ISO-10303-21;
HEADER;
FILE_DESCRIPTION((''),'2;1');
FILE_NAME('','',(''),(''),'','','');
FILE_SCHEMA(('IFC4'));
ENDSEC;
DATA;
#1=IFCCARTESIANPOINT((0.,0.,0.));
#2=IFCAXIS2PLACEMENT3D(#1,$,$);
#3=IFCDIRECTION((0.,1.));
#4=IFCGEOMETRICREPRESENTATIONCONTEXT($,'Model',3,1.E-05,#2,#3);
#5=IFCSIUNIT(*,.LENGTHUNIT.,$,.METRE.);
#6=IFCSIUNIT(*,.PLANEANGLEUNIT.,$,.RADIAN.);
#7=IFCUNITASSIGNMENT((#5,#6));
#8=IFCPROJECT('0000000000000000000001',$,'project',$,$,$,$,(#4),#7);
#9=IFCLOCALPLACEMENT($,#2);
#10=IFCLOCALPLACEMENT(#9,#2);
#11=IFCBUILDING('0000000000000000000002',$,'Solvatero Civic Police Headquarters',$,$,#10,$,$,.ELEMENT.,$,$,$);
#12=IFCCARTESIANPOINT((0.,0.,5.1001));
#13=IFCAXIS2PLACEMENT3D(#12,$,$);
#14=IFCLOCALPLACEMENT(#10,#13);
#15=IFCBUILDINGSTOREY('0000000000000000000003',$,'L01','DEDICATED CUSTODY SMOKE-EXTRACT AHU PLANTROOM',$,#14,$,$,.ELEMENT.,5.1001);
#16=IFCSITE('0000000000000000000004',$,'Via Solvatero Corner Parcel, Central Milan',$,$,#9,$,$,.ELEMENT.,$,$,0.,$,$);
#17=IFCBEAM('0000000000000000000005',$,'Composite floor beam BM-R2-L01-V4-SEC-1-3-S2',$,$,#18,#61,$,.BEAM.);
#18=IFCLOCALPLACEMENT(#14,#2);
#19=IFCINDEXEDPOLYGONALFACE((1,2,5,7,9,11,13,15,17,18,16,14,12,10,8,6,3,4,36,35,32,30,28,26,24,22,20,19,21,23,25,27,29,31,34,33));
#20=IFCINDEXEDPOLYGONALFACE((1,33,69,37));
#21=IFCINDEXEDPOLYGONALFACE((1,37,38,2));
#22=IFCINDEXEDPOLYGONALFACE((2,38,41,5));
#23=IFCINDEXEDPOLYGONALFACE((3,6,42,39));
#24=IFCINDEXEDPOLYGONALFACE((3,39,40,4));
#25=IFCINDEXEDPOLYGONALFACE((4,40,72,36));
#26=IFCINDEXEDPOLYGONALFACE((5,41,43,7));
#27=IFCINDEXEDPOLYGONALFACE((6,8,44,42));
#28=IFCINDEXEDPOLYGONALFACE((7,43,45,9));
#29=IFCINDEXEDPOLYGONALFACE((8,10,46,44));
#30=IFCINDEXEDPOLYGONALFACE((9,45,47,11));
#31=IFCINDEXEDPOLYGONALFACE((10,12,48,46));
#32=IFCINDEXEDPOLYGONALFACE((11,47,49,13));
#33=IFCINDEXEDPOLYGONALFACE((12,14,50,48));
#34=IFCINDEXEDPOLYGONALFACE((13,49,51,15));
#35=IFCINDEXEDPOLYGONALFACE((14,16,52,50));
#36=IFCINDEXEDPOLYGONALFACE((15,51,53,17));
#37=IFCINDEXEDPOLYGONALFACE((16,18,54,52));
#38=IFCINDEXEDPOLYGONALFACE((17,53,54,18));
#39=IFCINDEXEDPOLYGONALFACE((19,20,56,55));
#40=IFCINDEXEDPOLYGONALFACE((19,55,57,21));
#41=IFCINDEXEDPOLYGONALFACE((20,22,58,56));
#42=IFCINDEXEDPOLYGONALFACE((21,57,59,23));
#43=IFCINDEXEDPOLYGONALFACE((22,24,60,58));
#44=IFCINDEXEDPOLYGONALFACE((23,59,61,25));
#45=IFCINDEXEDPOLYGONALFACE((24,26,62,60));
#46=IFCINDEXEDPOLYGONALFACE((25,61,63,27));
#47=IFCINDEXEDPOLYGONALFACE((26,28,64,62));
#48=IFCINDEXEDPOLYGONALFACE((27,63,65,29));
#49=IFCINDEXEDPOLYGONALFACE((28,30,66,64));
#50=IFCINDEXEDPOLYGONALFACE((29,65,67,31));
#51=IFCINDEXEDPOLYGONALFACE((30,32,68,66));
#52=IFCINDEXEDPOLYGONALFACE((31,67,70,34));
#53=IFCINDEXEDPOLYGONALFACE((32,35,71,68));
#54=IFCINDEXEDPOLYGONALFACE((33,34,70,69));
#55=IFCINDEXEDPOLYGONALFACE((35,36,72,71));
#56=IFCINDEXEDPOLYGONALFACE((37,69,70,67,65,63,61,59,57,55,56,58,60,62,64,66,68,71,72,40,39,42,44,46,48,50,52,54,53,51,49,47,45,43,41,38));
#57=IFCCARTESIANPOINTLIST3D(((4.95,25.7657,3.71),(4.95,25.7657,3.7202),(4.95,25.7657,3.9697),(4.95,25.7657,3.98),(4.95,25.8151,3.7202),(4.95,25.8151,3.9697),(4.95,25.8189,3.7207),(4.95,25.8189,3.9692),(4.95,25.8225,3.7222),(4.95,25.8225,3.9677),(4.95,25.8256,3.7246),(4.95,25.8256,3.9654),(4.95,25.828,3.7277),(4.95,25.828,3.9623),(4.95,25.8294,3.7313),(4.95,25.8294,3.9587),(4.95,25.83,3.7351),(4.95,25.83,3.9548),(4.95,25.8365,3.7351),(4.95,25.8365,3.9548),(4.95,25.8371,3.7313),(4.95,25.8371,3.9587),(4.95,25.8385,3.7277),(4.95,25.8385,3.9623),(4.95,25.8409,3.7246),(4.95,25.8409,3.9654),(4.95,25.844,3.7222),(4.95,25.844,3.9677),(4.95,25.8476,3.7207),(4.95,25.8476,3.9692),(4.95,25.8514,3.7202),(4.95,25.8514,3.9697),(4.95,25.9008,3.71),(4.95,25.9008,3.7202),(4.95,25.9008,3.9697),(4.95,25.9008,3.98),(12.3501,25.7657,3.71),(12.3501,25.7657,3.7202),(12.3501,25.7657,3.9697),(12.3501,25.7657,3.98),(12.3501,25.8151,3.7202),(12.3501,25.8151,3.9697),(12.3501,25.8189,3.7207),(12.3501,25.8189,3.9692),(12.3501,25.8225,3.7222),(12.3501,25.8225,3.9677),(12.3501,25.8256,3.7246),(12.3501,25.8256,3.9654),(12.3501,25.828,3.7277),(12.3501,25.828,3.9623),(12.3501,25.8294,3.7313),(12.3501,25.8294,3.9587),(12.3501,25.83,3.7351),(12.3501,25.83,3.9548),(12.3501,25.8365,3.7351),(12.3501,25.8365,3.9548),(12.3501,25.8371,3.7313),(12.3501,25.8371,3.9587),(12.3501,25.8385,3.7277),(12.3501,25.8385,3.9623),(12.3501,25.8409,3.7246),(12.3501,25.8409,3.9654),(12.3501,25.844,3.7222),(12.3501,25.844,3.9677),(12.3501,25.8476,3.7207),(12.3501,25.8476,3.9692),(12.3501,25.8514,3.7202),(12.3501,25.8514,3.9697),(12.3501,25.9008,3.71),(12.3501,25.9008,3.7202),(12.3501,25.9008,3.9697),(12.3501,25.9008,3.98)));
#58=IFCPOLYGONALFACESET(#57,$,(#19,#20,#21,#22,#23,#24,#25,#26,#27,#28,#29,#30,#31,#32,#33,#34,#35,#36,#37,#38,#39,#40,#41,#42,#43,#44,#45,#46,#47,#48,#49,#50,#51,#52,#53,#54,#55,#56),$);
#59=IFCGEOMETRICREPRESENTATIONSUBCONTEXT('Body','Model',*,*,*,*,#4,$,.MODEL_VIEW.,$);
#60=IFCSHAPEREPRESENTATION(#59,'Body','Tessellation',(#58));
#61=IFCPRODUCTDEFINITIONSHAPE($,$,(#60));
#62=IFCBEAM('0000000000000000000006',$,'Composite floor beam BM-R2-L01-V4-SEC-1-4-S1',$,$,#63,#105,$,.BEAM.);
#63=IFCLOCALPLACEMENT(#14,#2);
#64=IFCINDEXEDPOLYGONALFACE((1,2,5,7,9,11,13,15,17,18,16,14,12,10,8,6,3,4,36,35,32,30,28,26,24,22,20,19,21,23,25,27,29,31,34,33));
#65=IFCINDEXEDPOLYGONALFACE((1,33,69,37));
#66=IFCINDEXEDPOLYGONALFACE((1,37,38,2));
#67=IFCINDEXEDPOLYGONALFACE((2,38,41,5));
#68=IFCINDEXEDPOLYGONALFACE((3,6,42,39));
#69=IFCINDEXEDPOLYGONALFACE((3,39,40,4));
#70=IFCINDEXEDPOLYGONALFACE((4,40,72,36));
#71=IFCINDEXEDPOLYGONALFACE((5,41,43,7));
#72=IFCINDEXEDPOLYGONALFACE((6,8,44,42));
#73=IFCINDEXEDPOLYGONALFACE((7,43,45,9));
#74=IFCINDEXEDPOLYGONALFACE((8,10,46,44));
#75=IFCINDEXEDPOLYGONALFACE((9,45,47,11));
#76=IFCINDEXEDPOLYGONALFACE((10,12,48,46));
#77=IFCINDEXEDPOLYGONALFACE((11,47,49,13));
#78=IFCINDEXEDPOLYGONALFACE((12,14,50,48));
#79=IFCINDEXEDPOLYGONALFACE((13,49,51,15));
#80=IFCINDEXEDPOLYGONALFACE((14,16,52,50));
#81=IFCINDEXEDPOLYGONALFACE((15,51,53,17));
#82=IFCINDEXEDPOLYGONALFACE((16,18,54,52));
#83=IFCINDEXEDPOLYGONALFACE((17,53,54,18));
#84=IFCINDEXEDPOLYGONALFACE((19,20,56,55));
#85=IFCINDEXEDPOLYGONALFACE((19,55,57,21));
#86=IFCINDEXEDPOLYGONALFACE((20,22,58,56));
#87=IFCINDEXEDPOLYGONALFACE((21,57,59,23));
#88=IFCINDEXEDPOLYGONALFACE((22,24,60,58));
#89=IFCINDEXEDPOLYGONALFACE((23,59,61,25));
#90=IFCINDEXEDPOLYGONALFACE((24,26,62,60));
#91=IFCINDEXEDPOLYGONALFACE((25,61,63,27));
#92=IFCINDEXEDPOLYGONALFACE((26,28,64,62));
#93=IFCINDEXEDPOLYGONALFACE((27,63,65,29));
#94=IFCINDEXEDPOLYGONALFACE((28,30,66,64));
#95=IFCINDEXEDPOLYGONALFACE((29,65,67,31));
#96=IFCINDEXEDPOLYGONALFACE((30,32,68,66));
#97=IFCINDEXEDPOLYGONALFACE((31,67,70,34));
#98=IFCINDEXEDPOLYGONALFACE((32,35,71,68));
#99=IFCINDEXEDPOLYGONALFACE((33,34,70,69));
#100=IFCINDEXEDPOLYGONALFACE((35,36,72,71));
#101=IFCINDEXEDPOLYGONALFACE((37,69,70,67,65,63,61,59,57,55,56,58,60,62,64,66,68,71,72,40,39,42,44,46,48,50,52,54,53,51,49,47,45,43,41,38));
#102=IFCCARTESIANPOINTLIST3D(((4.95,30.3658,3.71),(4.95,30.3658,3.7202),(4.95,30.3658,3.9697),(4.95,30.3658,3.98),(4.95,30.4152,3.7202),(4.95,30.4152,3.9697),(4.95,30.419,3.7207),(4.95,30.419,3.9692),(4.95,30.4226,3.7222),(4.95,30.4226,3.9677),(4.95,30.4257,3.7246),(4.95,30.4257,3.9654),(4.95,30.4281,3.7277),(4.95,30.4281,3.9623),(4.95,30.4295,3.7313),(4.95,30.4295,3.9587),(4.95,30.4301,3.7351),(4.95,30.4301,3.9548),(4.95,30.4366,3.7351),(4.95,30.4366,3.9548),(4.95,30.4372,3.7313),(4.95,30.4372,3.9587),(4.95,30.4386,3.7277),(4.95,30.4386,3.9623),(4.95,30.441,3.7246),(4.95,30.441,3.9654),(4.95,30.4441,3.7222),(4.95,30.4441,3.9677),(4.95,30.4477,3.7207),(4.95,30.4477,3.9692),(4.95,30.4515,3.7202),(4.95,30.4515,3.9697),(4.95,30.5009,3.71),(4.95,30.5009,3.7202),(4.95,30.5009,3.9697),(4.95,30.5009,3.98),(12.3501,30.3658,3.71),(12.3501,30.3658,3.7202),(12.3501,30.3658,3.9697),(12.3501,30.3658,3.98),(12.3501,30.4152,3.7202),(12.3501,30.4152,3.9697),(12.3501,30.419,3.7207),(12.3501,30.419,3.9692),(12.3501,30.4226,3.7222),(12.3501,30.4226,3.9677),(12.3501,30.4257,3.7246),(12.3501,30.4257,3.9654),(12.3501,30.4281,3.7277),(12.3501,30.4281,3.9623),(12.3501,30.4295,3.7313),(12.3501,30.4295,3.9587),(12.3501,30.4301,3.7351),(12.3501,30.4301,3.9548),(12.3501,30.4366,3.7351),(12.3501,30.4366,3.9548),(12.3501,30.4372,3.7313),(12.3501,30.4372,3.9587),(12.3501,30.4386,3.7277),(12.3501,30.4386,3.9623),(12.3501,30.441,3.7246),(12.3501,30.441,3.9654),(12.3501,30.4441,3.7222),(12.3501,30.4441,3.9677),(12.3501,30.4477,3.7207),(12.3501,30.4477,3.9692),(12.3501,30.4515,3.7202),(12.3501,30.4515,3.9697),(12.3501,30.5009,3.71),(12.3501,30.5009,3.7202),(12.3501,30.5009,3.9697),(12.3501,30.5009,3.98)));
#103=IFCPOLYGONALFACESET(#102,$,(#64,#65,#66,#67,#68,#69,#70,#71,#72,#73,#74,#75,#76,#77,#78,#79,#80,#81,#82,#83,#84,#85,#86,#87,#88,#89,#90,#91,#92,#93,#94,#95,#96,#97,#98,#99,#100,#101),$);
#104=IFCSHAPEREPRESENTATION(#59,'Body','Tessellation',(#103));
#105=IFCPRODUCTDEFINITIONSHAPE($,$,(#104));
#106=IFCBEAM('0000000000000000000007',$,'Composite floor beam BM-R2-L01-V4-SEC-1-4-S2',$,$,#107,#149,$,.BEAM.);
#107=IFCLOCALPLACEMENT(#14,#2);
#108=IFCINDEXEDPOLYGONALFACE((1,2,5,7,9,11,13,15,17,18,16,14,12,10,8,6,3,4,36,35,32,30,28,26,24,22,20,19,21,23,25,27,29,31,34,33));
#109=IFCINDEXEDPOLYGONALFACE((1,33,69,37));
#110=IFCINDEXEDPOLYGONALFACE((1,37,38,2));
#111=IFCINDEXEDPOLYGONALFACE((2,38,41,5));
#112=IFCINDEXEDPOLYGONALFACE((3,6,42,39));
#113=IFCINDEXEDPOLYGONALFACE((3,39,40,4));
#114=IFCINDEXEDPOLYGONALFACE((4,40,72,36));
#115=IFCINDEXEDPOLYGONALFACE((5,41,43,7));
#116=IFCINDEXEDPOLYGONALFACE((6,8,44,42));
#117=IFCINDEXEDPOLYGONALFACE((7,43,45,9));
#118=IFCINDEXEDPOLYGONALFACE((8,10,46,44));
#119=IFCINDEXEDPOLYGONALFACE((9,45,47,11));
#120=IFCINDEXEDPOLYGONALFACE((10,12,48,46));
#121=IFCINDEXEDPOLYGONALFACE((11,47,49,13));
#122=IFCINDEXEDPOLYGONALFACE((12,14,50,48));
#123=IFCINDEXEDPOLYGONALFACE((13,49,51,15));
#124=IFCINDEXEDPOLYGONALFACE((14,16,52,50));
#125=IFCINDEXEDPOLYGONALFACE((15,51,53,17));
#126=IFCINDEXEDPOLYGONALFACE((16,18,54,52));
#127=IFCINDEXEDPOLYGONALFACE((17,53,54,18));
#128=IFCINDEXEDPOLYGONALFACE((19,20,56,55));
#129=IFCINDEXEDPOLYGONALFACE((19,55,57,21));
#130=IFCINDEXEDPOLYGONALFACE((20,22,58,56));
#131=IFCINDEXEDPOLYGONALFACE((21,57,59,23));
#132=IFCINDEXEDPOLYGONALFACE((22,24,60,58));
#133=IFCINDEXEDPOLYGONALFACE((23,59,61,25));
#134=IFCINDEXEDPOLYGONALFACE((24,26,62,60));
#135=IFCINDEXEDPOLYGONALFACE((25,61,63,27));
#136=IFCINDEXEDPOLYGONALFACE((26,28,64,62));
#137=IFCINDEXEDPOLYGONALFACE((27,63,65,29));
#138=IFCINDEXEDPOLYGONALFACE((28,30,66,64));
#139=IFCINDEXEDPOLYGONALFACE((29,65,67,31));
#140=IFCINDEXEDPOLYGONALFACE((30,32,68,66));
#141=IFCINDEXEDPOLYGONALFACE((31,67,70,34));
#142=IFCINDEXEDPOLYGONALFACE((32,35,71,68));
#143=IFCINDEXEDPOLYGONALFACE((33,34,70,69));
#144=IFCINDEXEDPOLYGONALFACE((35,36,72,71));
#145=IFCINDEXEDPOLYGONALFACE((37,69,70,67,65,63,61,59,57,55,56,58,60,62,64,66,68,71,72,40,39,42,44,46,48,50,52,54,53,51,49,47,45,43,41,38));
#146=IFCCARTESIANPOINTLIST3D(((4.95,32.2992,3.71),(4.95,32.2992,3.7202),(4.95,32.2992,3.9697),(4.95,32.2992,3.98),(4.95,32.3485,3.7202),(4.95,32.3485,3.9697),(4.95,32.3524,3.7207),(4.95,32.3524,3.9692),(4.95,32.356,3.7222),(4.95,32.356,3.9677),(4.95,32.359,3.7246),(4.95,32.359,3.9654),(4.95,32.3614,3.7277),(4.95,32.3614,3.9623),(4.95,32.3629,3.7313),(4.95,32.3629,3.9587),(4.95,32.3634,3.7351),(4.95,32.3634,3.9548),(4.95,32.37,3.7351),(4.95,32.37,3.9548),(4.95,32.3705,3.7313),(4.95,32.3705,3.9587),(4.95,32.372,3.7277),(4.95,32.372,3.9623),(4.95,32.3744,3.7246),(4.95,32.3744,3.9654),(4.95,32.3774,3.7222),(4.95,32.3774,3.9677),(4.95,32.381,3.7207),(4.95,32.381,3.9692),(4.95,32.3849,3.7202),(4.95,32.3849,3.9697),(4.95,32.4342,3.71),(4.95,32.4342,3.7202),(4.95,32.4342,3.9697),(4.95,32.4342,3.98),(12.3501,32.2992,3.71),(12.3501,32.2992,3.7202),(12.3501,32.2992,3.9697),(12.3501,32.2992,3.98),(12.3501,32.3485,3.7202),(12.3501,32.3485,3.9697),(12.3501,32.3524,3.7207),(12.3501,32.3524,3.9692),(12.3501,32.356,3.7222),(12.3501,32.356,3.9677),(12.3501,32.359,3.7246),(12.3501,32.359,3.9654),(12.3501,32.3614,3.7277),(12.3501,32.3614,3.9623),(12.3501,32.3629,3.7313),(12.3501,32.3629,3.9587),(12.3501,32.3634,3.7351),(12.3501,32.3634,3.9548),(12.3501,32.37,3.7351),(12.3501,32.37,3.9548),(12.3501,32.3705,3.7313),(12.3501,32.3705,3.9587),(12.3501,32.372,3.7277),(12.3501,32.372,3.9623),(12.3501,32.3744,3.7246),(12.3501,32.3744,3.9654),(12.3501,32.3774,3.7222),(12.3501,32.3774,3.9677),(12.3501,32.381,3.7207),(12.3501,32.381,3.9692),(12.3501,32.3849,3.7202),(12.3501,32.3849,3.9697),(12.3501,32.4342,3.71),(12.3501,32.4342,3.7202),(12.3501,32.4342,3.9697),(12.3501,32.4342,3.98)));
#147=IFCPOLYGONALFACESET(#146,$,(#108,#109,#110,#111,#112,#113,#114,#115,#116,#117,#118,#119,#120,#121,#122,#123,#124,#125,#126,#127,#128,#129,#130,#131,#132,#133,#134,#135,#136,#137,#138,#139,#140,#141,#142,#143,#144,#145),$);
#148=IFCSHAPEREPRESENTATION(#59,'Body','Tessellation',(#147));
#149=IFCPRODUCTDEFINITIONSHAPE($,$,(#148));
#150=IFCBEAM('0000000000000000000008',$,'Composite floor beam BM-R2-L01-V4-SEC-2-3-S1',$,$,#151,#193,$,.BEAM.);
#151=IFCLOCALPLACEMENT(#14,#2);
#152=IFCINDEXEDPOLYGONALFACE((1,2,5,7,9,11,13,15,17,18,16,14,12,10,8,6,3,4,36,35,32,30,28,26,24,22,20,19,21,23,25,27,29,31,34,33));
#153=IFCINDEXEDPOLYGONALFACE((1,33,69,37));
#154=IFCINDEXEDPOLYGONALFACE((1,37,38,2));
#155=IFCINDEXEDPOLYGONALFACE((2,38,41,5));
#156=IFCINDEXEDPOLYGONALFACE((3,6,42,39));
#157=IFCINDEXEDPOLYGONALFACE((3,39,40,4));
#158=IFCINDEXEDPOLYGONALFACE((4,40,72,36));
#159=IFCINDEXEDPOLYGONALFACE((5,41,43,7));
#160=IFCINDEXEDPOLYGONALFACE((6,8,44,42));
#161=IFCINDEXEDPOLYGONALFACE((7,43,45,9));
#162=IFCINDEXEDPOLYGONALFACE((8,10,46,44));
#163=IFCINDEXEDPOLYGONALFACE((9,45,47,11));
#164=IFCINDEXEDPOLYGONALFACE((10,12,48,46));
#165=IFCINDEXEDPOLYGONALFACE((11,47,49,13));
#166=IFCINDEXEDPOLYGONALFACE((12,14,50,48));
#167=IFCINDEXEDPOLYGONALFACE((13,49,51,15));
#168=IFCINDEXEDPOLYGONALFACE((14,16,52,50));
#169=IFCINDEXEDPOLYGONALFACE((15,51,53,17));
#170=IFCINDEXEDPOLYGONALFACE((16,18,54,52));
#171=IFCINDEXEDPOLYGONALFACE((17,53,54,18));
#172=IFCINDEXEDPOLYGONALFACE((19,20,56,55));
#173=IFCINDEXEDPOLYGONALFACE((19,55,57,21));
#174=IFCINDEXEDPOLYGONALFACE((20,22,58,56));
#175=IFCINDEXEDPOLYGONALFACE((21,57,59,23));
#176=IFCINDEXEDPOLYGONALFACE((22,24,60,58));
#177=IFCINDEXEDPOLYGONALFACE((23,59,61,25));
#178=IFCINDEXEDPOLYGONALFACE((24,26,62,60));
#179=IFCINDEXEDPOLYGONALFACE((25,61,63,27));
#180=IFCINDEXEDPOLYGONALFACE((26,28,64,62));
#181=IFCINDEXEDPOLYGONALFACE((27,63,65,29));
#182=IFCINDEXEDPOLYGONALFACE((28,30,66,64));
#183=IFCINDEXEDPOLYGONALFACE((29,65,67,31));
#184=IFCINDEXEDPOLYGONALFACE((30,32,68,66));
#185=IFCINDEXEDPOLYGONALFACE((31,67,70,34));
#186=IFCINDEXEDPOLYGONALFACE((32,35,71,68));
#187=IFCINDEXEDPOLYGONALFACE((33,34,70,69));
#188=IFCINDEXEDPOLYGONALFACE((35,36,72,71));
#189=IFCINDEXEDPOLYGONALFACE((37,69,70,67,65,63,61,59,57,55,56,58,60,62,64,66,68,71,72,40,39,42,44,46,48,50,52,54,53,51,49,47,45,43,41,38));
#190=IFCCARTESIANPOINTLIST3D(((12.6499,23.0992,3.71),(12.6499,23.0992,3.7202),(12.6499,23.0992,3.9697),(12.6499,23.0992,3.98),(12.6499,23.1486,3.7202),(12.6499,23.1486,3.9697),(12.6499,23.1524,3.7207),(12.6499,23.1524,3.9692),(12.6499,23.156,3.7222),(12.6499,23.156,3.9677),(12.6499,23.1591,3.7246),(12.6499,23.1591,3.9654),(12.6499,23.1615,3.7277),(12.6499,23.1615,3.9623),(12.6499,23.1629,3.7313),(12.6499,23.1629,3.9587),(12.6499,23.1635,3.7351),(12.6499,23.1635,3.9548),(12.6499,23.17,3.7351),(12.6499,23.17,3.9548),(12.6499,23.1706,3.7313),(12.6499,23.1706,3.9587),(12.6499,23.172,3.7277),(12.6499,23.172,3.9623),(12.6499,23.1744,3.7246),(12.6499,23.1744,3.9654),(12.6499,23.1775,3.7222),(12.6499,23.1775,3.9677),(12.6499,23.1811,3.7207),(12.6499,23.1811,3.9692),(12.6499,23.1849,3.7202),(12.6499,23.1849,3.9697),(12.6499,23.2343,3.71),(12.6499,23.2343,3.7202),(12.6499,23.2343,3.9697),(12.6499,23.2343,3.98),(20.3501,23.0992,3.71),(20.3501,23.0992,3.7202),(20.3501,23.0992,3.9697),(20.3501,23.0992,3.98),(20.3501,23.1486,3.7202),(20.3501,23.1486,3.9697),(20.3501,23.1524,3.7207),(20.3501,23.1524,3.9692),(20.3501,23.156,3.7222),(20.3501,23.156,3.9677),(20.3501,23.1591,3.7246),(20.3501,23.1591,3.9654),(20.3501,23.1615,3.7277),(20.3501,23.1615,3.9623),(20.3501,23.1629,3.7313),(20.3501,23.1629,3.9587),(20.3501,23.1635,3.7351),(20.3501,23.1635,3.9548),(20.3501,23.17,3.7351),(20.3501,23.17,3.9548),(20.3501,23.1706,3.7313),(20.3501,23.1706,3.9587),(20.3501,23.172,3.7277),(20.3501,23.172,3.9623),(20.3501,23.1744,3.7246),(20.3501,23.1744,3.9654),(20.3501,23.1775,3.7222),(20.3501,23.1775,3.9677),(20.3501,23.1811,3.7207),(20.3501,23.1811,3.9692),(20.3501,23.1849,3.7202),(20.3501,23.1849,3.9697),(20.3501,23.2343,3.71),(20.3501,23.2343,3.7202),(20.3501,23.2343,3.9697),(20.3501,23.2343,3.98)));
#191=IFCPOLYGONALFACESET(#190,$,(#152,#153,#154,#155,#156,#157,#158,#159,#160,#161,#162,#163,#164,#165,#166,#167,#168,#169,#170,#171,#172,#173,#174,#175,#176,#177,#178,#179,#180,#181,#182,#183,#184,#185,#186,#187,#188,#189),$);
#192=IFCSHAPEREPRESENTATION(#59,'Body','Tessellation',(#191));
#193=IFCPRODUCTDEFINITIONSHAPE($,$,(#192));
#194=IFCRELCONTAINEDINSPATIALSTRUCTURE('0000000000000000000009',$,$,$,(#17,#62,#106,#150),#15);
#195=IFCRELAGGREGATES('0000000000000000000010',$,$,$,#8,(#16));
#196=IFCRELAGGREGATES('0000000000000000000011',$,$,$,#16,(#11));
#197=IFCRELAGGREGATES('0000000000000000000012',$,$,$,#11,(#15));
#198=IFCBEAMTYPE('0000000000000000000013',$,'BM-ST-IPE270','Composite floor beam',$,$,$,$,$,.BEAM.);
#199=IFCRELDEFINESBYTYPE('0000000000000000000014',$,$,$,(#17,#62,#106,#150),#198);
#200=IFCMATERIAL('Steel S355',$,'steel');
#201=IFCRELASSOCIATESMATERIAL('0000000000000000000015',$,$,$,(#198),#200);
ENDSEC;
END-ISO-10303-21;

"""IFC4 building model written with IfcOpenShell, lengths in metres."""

from ifc_helpers import new_model, si_unit, direction, frame, origin, origin_2d, place, context, subcontext, project, spatial, i_section, extrude, material, material_profile, profile_set, type_object, element, save


model = new_model("IFC4")

# Units and contexts
model_context = context("Model", 3, precision=1e-05, world=origin(), true_north=direction((0.0, 1.0)))
body_context = subcontext(model_context, "Body", "Model", "MODEL_VIEW")
ifc_project = project(units=[si_unit("LENGTHUNIT", "METRE"), si_unit("PLANEANGLEUNIT", "RADIAN")], contexts=[model_context])

# Site, building, storey
site_placement = place(None, origin())
site = spatial("IfcSite", under=ifc_project, at=site_placement, Name="Via Solvatero Corner Parcel, Central Milan", CompositionType="ELEMENT", RefElevation=0.0)
building_placement = place(site_placement, origin())
building = spatial("IfcBuilding", under=site, at=building_placement, Name="Solvatero Civic Police Headquarters", CompositionType="ELEMENT")
storey_placement = place(building_placement, frame((0.0, 0.0, 5.1001)))
storey = spatial("IfcBuildingStorey", under=building, at=storey_placement, Name="L01", Description="DEDICATED CUSTODY SMOKE-EXTRACT AHU PLANTROOM", CompositionType="ELEMENT", Elevation=5.1001)

# Shared definitions
ifc_material_1 = material(Name="Steel S355", Category="steel")

# Beams
ifc_material_profile_1 = material_profile(ifc_material_1, i_section(OverallWidth=0.135, OverallDepth=0.27, WebThickness=0.0066, FlangeThickness=0.0103, FilletRadius=0.0149, at=origin_2d()), Name="IPE 270")
ifc_profile_set_1 = profile_set([ifc_material_profile_1], Name="Steel S355")
beam_type_1 = type_object("IfcBeamType", Name="BM-ST-IPE270", Description="Composite floor beam", PredefinedType="BEAM", material=ifc_profile_set_1)
for number, where, z_axis, x_axis, name in (
    (1, (4.95, 25.8333, 3.845), (1.0, 0.0, 0.0), (0.0, 1.0, 0.0), "Composite floor beam BM-R2-L01-V4-SEC-1-3-S2"),
    (2, (4.95, 30.4333, 3.845), (1.0, 0.0, 0.0), (0.0, 1.0, 0.0), "Composite floor beam BM-R2-L01-V4-SEC-1-4-S1"),
    (3, (4.95, 32.3667, 3.845), (1.0, 0.0, 0.0), (0.0, 1.0, 0.0), "Composite floor beam BM-R2-L01-V4-SEC-1-4-S2"),
):
    element("IfcBeam", number, at=place(storey_placement, frame(where, z_axis=z_axis, x_axis=x_axis)), inside=storey, type_object=beam_type_1, Name=name, PredefinedType="BEAM", context=body_context, shape_type="SweptSolid", body=[
        extrude(i_section(OverallWidth=0.135, OverallDepth=0.27, WebThickness=0.0066, FlangeThickness=0.0103, FilletRadius=0.0149, at=origin_2d()), origin(), (0.0, 0.0, 1.0), 7.4001),
    ])
for number, where, z_axis, x_axis, name in (
    (4, (12.6499, 23.1667, 3.845), (1.0, 0.0, 0.0), (0.0, 1.0, 0.0), "Composite floor beam BM-R2-L01-V4-SEC-2-3-S1"),
):
    element("IfcBeam", number, at=place(storey_placement, frame(where, z_axis=z_axis, x_axis=x_axis)), inside=storey, type_object=beam_type_1, Name=name, PredefinedType="BEAM", context=body_context, shape_type="SweptSolid", body=[
        extrude(i_section(OverallWidth=0.135, OverallDepth=0.27, WebThickness=0.0066, FlangeThickness=0.0103, FilletRadius=0.0149, at=origin_2d()), origin(), (0.0, 0.0, 1.0), 7.7002),
    ])

save(model, "model.ifc")
